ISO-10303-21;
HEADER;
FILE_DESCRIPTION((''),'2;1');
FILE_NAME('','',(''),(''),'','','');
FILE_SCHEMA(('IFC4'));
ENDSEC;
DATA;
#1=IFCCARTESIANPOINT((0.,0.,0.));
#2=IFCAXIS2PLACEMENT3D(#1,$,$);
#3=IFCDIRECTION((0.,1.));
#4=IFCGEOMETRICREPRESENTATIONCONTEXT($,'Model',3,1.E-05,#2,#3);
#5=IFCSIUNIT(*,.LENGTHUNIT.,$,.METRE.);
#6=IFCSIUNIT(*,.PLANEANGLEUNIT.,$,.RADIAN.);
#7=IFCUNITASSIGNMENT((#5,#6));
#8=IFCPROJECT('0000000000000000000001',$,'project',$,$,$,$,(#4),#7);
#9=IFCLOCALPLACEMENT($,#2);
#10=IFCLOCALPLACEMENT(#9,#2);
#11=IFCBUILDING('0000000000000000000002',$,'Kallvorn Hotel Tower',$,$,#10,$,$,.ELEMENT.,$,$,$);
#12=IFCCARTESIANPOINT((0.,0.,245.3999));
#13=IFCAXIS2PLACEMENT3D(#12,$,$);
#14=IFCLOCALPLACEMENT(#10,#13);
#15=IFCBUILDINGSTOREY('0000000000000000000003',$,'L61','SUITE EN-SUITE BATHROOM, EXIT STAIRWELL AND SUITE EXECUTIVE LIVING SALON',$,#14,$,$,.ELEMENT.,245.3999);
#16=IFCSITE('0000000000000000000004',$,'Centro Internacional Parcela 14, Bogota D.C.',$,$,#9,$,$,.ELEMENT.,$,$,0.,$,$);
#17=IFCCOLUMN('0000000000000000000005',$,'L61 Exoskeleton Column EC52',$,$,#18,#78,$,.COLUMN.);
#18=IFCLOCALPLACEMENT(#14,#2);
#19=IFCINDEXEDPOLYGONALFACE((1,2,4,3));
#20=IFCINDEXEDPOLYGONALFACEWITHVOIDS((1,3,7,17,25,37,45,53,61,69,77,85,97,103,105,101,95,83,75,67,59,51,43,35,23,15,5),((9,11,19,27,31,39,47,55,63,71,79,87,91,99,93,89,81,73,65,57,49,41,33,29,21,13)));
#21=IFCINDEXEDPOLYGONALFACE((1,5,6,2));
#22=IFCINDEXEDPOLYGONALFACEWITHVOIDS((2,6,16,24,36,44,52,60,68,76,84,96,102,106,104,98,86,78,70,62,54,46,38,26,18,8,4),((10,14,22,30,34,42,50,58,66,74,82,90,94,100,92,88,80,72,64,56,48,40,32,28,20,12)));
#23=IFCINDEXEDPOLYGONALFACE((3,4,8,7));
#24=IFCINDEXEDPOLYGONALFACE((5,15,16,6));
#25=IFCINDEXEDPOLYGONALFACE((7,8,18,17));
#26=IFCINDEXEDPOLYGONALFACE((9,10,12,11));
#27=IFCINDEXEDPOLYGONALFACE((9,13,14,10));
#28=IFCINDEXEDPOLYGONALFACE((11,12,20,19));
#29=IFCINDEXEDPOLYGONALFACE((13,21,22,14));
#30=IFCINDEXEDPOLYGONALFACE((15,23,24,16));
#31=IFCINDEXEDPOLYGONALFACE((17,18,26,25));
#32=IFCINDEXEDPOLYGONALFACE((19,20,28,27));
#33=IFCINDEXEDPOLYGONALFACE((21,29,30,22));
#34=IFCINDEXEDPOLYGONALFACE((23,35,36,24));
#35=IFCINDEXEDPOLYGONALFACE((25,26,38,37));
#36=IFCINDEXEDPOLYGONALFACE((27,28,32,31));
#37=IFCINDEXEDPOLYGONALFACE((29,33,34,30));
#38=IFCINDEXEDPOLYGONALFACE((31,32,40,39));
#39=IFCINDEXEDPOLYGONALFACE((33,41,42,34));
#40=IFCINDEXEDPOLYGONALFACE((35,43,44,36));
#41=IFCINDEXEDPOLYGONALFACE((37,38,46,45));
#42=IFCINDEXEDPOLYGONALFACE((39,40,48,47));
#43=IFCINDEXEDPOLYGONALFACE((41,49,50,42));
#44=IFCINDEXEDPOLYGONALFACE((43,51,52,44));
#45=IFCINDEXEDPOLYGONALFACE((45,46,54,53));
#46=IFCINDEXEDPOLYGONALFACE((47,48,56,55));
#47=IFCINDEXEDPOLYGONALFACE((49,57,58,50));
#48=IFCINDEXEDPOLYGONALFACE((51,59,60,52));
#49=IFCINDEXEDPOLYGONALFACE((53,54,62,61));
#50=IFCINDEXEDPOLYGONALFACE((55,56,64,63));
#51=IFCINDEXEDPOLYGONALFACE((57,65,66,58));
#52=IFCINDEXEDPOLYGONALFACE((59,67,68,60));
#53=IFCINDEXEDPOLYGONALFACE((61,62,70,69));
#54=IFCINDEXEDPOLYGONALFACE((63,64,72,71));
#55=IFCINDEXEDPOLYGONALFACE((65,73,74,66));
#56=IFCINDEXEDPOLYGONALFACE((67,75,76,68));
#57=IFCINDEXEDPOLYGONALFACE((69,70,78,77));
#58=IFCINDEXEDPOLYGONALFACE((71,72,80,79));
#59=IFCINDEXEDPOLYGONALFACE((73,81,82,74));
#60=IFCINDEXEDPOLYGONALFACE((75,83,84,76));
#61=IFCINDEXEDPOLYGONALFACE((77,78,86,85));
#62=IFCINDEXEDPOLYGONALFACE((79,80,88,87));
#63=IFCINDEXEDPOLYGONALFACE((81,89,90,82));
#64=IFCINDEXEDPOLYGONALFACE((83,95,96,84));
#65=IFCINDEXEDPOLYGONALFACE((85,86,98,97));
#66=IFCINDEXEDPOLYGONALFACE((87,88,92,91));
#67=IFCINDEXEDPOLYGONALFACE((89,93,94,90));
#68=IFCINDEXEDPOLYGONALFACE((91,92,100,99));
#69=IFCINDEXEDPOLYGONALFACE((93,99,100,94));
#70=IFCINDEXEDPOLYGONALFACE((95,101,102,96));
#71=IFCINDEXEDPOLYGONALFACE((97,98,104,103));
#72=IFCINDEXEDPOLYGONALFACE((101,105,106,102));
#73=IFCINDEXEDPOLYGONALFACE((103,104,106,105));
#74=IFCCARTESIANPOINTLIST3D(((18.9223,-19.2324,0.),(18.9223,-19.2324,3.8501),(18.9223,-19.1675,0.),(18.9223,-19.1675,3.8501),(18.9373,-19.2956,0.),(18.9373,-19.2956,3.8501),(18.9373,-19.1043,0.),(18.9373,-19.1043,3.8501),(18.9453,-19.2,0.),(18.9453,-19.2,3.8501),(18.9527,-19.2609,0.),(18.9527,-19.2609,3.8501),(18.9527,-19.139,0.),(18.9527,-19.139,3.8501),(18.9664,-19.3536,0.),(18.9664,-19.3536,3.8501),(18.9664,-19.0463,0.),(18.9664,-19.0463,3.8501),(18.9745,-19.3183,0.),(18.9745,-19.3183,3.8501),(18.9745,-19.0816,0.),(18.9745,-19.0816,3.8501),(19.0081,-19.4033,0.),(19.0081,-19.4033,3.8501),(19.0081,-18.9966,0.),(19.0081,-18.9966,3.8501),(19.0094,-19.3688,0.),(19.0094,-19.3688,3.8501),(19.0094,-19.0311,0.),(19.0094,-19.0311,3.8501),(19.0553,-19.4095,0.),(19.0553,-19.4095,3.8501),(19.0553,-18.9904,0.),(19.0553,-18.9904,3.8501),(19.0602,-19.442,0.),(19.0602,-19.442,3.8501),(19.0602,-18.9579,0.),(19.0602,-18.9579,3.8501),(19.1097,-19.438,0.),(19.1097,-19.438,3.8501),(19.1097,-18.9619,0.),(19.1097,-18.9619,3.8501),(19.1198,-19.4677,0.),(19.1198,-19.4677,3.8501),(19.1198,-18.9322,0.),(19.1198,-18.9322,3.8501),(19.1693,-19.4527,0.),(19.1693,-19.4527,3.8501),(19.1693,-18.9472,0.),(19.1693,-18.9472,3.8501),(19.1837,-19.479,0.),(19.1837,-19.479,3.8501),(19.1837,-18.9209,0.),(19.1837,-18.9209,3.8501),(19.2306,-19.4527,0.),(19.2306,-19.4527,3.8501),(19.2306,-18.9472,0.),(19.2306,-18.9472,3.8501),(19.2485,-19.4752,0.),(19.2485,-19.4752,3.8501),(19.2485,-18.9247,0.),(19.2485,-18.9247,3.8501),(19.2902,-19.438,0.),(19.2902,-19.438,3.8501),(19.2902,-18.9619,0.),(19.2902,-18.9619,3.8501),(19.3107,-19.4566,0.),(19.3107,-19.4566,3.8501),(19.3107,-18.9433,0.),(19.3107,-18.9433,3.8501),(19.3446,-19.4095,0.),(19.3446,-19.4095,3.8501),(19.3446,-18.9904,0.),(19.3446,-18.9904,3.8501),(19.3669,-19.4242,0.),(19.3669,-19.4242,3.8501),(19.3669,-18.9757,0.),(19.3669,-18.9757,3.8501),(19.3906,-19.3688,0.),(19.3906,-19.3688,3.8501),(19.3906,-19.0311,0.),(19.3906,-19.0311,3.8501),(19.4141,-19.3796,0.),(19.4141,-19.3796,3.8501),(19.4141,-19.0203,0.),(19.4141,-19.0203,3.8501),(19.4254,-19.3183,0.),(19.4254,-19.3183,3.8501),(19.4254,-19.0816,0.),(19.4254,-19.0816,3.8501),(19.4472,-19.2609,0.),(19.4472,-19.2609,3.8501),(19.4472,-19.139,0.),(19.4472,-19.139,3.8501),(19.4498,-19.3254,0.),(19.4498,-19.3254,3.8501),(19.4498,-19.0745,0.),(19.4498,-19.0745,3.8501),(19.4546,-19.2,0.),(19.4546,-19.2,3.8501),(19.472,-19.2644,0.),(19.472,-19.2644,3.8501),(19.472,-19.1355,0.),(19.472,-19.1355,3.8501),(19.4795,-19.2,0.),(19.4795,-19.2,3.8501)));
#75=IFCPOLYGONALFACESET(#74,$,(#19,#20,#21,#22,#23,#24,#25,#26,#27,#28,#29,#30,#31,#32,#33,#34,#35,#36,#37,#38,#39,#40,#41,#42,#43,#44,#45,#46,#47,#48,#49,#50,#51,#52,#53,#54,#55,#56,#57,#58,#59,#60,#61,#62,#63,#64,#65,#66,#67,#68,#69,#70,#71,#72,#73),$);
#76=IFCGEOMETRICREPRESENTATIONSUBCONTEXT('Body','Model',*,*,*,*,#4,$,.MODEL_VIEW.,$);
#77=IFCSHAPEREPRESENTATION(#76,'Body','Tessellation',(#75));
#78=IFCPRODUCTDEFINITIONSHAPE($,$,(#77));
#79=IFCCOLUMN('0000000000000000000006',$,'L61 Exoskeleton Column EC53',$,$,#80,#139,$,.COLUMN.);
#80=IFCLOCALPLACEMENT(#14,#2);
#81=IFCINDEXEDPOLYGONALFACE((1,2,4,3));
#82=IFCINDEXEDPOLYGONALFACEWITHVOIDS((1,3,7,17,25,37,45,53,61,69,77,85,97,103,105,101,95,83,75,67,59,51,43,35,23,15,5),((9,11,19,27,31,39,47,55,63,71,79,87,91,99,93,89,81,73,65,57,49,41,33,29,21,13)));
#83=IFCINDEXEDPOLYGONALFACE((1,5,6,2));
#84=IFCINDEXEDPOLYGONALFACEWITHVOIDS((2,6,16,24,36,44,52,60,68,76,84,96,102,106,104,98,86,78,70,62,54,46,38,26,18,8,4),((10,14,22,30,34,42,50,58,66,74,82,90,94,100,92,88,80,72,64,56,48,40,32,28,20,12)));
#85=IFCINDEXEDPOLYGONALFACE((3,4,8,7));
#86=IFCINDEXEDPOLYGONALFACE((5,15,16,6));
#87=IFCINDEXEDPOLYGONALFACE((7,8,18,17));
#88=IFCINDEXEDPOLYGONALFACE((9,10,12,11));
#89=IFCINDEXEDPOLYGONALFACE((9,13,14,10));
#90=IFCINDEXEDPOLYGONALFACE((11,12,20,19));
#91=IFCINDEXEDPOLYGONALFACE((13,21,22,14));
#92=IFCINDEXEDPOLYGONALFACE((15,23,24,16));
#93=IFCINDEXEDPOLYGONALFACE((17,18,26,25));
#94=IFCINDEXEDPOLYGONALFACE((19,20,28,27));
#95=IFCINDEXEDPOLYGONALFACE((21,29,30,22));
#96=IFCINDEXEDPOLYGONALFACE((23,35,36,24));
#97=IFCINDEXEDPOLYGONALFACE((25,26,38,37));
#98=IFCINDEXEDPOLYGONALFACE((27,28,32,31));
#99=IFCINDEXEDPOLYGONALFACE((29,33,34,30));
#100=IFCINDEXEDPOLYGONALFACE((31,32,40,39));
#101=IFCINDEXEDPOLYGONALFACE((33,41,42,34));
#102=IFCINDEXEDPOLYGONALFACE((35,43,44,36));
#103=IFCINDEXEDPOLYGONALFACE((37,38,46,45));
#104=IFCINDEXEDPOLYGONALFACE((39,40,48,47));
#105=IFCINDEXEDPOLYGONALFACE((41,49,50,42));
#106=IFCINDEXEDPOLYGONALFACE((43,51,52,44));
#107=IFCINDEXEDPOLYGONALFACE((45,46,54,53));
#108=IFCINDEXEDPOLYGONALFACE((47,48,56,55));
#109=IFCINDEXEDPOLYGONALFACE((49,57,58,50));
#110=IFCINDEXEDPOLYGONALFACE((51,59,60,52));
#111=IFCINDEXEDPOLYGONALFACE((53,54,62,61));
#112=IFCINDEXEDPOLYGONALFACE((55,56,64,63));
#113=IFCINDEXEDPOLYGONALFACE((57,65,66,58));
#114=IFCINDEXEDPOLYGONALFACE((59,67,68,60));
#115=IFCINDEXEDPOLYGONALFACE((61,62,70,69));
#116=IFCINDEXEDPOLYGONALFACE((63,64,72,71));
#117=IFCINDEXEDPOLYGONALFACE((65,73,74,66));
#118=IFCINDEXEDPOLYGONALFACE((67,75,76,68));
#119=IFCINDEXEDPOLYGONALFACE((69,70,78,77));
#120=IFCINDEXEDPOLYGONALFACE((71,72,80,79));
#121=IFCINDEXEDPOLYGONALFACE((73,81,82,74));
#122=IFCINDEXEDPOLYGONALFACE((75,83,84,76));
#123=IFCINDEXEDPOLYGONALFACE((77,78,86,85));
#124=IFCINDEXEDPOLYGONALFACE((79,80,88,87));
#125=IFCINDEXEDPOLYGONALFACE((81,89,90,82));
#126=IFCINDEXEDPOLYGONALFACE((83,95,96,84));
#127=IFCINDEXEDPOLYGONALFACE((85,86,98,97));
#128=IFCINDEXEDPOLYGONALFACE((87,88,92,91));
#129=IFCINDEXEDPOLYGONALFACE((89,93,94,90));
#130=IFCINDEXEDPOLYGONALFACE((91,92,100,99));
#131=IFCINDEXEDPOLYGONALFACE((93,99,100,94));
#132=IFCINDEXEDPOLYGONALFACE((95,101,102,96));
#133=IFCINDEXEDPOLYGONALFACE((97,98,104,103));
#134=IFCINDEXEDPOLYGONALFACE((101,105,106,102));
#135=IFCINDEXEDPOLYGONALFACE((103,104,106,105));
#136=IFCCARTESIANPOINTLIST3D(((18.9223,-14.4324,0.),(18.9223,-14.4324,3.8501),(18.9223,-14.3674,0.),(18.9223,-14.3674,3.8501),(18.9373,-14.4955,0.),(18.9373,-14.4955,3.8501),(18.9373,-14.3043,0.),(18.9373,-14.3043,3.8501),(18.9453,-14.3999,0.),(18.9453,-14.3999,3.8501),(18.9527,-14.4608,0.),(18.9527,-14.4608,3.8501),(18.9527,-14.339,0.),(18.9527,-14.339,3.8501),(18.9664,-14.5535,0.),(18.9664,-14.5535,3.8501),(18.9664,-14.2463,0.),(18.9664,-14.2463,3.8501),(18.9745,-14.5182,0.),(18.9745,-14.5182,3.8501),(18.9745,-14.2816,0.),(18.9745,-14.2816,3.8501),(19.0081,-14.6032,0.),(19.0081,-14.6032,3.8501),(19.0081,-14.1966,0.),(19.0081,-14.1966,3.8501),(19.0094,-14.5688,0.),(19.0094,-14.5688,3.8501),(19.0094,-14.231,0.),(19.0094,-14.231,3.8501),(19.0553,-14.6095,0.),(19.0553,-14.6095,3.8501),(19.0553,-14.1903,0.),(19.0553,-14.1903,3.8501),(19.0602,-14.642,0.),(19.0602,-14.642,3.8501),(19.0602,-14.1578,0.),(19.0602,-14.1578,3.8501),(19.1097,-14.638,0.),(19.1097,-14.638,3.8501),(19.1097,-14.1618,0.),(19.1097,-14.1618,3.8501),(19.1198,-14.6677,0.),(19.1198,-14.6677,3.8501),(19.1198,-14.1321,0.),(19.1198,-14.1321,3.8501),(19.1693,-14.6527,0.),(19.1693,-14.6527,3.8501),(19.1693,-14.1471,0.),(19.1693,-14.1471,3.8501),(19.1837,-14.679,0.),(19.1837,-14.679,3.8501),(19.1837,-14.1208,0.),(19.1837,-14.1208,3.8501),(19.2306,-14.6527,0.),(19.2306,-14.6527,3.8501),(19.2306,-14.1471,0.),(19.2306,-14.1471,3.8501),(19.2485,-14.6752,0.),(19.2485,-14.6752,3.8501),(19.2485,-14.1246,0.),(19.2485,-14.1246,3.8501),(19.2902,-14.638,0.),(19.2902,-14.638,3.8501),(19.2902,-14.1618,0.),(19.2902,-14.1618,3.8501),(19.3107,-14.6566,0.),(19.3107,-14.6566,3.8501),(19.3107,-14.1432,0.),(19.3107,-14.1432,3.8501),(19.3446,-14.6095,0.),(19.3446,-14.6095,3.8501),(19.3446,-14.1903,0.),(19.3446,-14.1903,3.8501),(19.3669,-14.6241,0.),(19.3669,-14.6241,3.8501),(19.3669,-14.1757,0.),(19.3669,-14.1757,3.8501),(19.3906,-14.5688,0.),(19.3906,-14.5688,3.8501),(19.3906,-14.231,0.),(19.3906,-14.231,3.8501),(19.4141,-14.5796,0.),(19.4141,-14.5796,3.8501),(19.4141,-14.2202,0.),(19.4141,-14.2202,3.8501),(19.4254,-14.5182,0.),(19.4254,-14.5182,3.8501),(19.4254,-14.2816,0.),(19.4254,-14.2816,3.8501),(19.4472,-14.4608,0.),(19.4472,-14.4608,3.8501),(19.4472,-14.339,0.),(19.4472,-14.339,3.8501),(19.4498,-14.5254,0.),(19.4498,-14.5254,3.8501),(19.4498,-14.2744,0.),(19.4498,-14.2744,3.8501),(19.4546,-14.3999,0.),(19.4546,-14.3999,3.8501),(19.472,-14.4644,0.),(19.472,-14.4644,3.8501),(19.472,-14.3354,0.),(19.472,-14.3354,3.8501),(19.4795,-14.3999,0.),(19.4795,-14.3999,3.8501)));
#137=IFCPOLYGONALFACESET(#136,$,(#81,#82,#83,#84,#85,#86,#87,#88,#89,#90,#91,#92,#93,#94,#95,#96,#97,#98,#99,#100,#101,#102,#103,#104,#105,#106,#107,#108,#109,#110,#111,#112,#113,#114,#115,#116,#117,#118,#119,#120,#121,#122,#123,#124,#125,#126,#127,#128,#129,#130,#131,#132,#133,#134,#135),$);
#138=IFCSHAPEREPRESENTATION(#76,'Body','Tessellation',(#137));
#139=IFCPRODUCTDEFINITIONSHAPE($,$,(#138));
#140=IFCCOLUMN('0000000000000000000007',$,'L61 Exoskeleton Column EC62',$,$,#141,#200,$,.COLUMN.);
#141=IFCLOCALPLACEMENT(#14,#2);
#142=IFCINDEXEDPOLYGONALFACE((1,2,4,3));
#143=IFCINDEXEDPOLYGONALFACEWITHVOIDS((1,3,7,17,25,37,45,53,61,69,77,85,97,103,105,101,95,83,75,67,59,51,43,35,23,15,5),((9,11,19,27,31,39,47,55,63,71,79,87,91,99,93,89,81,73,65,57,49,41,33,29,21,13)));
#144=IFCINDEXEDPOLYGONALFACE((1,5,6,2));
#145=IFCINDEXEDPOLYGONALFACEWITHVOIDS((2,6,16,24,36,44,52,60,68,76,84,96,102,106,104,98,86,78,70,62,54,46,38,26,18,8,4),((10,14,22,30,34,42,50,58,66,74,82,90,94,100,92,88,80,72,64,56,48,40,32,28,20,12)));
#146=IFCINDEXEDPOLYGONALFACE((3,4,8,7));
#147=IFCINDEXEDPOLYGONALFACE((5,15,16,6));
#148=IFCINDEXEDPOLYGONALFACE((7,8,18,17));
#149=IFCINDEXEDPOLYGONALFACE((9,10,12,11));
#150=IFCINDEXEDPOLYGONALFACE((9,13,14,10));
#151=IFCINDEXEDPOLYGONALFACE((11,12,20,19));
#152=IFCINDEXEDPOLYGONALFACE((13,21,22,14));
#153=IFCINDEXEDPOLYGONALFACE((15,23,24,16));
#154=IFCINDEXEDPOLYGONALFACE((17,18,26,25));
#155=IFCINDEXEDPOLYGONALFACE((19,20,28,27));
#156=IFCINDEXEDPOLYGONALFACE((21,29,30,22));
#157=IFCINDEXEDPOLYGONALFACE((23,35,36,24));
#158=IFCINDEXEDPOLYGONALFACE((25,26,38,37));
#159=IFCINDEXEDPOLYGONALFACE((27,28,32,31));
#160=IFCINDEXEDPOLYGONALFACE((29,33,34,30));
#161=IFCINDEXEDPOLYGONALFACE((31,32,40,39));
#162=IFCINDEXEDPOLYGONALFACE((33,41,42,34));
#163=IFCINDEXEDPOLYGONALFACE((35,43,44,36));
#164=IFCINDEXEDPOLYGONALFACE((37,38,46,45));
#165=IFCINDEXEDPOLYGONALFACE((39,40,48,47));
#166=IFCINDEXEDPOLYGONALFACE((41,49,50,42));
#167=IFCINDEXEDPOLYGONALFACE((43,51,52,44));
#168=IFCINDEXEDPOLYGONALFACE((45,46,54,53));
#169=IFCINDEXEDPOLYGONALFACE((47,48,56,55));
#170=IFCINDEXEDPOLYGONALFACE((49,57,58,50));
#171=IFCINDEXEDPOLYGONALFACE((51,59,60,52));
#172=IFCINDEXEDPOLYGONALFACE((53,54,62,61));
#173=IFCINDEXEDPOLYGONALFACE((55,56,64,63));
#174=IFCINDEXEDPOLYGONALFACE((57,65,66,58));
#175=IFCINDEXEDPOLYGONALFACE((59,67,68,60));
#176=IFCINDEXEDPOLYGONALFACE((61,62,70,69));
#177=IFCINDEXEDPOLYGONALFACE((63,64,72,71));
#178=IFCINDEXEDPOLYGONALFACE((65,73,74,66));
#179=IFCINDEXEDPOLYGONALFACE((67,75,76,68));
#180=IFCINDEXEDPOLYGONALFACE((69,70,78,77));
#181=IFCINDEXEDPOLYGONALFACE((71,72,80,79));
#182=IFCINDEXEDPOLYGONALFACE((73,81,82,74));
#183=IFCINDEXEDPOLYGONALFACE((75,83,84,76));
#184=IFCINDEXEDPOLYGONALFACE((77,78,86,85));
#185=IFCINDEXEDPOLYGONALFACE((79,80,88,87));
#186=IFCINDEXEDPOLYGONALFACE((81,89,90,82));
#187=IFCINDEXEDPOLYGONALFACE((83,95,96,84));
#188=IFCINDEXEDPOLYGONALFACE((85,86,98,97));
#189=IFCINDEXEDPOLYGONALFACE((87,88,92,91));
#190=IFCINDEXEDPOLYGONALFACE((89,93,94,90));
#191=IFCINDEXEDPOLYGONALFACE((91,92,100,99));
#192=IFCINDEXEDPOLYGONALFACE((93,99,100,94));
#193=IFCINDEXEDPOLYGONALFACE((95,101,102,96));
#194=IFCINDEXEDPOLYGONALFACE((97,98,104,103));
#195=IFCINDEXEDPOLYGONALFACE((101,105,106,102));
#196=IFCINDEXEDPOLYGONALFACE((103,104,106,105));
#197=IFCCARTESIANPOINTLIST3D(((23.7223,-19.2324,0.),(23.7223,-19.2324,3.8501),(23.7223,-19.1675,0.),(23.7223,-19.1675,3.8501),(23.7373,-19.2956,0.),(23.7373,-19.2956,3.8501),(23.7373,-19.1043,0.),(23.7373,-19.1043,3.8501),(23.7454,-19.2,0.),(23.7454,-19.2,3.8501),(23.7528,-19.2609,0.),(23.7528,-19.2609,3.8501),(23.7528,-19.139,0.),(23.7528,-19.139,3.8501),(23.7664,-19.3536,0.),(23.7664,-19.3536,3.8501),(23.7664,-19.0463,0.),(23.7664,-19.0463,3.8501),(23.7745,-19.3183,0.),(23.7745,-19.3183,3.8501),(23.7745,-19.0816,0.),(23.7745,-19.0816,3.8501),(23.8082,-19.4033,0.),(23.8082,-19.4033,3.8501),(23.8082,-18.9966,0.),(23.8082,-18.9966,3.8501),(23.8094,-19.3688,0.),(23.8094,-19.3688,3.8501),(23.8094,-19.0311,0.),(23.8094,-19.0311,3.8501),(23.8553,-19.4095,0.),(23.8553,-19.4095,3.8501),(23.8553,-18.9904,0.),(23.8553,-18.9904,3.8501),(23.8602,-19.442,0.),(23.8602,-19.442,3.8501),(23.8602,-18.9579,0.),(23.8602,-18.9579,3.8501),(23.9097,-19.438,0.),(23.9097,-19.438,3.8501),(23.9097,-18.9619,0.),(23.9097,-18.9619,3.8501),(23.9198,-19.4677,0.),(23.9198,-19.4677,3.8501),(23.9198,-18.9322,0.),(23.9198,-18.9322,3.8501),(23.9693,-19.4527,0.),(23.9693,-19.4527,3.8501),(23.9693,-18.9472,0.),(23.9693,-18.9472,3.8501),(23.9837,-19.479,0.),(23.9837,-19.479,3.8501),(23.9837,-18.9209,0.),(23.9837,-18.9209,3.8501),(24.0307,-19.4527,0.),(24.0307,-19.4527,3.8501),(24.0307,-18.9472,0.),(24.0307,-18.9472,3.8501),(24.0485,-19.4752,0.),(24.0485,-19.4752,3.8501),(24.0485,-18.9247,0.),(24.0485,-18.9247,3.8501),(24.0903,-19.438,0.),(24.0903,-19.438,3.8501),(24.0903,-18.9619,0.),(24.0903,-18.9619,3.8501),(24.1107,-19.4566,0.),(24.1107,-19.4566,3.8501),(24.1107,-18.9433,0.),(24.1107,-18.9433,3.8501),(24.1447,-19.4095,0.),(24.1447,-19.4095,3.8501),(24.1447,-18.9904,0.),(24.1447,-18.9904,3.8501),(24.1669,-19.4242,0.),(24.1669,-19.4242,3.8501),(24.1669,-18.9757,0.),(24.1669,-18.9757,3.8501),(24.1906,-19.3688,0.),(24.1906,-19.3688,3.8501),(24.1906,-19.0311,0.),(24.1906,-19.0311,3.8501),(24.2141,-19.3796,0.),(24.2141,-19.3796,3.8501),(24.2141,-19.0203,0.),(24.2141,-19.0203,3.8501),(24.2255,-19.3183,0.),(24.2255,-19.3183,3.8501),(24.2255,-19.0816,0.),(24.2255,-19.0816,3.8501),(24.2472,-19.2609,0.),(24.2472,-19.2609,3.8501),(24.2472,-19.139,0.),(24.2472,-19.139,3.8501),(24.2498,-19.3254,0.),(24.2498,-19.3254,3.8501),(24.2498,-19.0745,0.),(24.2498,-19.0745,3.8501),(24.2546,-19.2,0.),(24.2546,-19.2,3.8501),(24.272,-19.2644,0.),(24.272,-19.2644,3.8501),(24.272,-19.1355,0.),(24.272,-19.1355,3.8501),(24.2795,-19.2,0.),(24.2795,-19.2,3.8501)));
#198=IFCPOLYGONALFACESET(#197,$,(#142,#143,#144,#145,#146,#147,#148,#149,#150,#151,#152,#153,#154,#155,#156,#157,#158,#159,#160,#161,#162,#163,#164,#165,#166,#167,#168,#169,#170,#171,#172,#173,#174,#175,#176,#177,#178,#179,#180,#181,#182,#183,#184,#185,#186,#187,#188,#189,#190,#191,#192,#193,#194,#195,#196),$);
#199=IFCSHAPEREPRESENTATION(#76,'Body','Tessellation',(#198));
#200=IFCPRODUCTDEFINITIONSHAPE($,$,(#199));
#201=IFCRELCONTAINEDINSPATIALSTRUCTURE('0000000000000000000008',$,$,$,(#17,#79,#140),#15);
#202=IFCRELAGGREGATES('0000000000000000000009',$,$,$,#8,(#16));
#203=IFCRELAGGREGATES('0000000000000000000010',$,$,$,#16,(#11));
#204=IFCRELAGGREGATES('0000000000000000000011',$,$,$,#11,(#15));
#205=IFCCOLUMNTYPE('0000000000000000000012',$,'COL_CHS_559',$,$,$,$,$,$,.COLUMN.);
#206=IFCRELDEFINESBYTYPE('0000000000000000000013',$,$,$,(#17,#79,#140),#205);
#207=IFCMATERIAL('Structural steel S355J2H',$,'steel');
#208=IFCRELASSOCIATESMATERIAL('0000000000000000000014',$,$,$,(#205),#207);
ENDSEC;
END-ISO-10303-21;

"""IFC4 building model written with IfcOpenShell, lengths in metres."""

from ifc_helpers import new_model, si_unit, direction, frame, origin, origin_2d, place, context, subcontext, project, spatial, hollow_circle, extrude, material, material_profile, profile_set, type_object, element, save


model = new_model("IFC4")

# Units and contexts
model_context = context("Model", 3, precision=1e-05, world=origin(), true_north=direction((0.0, 1.0)))
body_context = subcontext(model_context, "Body", "Model", "MODEL_VIEW")
ifc_project = project(units=[si_unit("LENGTHUNIT", "METRE"), si_unit("PLANEANGLEUNIT", "RADIAN")], contexts=[model_context])

# Site, building, storey
site_placement = place(None, origin())
site = spatial("IfcSite", under=ifc_project, at=site_placement, Name="Centro Internacional Parcela 14, Bogota D.C.", CompositionType="ELEMENT", RefElevation=0.0)
building_placement = place(site_placement, origin())
building = spatial("IfcBuilding", under=site, at=building_placement, Name="Kallvorn Hotel Tower", CompositionType="ELEMENT")
storey_placement = place(building_placement, frame((0.0, 0.0, 245.3999)))
storey = spatial("IfcBuildingStorey", under=building, at=storey_placement, Name="L61", Description="SUITE EN-SUITE BATHROOM, EXIT STAIRWELL AND SUITE EXECUTIVE LIVING SALON", CompositionType="ELEMENT", Elevation=245.3999)

# Columns
ifc_material_1 = material(Name="Structural steel S355J2H", Category="steel")
ifc_material_profile_1 = material_profile(ifc_material_1, hollow_circle(Radius=0.2795, WallThickness=0.0249, at=origin_2d()), Name="CHS 559x25")
ifc_profile_set_1 = profile_set([ifc_material_profile_1], Name="Structural steel S355J2H")
column_type_1 = type_object("IfcColumnType", Name="COL_CHS_559", PredefinedType="COLUMN", material=ifc_profile_set_1)
for number, where, z_axis, x_axis, name in (
    (1, (19.2, -19.2, 0.0), (0.0, 0.0, 1.0), (1.0, 0.0, 0.0), "L61 Exoskeleton Column EC52"),
    (2, (19.2, -14.3999, 0.0), (0.0, 0.0, 1.0), (1.0, 0.0, 0.0), "L61 Exoskeleton Column EC53"),
    (3, (24.0, -19.2, 0.0), (0.0, 0.0, 1.0), (1.0, 0.0, 0.0), "L61 Exoskeleton Column EC62"),
):
    element("IfcColumn", number, at=place(storey_placement, frame(where, z_axis=z_axis, x_axis=x_axis)), inside=storey, type_object=column_type_1, Name=name, PredefinedType="COLUMN", context=body_context, shape_type="SweptSolid", body=[
        extrude(hollow_circle(Radius=0.2795, WallThickness=0.0249, at=origin_2d()), origin(), (0.0, 0.0, 1.0), 3.8501),
    ])

save(model, "model.ifc")
